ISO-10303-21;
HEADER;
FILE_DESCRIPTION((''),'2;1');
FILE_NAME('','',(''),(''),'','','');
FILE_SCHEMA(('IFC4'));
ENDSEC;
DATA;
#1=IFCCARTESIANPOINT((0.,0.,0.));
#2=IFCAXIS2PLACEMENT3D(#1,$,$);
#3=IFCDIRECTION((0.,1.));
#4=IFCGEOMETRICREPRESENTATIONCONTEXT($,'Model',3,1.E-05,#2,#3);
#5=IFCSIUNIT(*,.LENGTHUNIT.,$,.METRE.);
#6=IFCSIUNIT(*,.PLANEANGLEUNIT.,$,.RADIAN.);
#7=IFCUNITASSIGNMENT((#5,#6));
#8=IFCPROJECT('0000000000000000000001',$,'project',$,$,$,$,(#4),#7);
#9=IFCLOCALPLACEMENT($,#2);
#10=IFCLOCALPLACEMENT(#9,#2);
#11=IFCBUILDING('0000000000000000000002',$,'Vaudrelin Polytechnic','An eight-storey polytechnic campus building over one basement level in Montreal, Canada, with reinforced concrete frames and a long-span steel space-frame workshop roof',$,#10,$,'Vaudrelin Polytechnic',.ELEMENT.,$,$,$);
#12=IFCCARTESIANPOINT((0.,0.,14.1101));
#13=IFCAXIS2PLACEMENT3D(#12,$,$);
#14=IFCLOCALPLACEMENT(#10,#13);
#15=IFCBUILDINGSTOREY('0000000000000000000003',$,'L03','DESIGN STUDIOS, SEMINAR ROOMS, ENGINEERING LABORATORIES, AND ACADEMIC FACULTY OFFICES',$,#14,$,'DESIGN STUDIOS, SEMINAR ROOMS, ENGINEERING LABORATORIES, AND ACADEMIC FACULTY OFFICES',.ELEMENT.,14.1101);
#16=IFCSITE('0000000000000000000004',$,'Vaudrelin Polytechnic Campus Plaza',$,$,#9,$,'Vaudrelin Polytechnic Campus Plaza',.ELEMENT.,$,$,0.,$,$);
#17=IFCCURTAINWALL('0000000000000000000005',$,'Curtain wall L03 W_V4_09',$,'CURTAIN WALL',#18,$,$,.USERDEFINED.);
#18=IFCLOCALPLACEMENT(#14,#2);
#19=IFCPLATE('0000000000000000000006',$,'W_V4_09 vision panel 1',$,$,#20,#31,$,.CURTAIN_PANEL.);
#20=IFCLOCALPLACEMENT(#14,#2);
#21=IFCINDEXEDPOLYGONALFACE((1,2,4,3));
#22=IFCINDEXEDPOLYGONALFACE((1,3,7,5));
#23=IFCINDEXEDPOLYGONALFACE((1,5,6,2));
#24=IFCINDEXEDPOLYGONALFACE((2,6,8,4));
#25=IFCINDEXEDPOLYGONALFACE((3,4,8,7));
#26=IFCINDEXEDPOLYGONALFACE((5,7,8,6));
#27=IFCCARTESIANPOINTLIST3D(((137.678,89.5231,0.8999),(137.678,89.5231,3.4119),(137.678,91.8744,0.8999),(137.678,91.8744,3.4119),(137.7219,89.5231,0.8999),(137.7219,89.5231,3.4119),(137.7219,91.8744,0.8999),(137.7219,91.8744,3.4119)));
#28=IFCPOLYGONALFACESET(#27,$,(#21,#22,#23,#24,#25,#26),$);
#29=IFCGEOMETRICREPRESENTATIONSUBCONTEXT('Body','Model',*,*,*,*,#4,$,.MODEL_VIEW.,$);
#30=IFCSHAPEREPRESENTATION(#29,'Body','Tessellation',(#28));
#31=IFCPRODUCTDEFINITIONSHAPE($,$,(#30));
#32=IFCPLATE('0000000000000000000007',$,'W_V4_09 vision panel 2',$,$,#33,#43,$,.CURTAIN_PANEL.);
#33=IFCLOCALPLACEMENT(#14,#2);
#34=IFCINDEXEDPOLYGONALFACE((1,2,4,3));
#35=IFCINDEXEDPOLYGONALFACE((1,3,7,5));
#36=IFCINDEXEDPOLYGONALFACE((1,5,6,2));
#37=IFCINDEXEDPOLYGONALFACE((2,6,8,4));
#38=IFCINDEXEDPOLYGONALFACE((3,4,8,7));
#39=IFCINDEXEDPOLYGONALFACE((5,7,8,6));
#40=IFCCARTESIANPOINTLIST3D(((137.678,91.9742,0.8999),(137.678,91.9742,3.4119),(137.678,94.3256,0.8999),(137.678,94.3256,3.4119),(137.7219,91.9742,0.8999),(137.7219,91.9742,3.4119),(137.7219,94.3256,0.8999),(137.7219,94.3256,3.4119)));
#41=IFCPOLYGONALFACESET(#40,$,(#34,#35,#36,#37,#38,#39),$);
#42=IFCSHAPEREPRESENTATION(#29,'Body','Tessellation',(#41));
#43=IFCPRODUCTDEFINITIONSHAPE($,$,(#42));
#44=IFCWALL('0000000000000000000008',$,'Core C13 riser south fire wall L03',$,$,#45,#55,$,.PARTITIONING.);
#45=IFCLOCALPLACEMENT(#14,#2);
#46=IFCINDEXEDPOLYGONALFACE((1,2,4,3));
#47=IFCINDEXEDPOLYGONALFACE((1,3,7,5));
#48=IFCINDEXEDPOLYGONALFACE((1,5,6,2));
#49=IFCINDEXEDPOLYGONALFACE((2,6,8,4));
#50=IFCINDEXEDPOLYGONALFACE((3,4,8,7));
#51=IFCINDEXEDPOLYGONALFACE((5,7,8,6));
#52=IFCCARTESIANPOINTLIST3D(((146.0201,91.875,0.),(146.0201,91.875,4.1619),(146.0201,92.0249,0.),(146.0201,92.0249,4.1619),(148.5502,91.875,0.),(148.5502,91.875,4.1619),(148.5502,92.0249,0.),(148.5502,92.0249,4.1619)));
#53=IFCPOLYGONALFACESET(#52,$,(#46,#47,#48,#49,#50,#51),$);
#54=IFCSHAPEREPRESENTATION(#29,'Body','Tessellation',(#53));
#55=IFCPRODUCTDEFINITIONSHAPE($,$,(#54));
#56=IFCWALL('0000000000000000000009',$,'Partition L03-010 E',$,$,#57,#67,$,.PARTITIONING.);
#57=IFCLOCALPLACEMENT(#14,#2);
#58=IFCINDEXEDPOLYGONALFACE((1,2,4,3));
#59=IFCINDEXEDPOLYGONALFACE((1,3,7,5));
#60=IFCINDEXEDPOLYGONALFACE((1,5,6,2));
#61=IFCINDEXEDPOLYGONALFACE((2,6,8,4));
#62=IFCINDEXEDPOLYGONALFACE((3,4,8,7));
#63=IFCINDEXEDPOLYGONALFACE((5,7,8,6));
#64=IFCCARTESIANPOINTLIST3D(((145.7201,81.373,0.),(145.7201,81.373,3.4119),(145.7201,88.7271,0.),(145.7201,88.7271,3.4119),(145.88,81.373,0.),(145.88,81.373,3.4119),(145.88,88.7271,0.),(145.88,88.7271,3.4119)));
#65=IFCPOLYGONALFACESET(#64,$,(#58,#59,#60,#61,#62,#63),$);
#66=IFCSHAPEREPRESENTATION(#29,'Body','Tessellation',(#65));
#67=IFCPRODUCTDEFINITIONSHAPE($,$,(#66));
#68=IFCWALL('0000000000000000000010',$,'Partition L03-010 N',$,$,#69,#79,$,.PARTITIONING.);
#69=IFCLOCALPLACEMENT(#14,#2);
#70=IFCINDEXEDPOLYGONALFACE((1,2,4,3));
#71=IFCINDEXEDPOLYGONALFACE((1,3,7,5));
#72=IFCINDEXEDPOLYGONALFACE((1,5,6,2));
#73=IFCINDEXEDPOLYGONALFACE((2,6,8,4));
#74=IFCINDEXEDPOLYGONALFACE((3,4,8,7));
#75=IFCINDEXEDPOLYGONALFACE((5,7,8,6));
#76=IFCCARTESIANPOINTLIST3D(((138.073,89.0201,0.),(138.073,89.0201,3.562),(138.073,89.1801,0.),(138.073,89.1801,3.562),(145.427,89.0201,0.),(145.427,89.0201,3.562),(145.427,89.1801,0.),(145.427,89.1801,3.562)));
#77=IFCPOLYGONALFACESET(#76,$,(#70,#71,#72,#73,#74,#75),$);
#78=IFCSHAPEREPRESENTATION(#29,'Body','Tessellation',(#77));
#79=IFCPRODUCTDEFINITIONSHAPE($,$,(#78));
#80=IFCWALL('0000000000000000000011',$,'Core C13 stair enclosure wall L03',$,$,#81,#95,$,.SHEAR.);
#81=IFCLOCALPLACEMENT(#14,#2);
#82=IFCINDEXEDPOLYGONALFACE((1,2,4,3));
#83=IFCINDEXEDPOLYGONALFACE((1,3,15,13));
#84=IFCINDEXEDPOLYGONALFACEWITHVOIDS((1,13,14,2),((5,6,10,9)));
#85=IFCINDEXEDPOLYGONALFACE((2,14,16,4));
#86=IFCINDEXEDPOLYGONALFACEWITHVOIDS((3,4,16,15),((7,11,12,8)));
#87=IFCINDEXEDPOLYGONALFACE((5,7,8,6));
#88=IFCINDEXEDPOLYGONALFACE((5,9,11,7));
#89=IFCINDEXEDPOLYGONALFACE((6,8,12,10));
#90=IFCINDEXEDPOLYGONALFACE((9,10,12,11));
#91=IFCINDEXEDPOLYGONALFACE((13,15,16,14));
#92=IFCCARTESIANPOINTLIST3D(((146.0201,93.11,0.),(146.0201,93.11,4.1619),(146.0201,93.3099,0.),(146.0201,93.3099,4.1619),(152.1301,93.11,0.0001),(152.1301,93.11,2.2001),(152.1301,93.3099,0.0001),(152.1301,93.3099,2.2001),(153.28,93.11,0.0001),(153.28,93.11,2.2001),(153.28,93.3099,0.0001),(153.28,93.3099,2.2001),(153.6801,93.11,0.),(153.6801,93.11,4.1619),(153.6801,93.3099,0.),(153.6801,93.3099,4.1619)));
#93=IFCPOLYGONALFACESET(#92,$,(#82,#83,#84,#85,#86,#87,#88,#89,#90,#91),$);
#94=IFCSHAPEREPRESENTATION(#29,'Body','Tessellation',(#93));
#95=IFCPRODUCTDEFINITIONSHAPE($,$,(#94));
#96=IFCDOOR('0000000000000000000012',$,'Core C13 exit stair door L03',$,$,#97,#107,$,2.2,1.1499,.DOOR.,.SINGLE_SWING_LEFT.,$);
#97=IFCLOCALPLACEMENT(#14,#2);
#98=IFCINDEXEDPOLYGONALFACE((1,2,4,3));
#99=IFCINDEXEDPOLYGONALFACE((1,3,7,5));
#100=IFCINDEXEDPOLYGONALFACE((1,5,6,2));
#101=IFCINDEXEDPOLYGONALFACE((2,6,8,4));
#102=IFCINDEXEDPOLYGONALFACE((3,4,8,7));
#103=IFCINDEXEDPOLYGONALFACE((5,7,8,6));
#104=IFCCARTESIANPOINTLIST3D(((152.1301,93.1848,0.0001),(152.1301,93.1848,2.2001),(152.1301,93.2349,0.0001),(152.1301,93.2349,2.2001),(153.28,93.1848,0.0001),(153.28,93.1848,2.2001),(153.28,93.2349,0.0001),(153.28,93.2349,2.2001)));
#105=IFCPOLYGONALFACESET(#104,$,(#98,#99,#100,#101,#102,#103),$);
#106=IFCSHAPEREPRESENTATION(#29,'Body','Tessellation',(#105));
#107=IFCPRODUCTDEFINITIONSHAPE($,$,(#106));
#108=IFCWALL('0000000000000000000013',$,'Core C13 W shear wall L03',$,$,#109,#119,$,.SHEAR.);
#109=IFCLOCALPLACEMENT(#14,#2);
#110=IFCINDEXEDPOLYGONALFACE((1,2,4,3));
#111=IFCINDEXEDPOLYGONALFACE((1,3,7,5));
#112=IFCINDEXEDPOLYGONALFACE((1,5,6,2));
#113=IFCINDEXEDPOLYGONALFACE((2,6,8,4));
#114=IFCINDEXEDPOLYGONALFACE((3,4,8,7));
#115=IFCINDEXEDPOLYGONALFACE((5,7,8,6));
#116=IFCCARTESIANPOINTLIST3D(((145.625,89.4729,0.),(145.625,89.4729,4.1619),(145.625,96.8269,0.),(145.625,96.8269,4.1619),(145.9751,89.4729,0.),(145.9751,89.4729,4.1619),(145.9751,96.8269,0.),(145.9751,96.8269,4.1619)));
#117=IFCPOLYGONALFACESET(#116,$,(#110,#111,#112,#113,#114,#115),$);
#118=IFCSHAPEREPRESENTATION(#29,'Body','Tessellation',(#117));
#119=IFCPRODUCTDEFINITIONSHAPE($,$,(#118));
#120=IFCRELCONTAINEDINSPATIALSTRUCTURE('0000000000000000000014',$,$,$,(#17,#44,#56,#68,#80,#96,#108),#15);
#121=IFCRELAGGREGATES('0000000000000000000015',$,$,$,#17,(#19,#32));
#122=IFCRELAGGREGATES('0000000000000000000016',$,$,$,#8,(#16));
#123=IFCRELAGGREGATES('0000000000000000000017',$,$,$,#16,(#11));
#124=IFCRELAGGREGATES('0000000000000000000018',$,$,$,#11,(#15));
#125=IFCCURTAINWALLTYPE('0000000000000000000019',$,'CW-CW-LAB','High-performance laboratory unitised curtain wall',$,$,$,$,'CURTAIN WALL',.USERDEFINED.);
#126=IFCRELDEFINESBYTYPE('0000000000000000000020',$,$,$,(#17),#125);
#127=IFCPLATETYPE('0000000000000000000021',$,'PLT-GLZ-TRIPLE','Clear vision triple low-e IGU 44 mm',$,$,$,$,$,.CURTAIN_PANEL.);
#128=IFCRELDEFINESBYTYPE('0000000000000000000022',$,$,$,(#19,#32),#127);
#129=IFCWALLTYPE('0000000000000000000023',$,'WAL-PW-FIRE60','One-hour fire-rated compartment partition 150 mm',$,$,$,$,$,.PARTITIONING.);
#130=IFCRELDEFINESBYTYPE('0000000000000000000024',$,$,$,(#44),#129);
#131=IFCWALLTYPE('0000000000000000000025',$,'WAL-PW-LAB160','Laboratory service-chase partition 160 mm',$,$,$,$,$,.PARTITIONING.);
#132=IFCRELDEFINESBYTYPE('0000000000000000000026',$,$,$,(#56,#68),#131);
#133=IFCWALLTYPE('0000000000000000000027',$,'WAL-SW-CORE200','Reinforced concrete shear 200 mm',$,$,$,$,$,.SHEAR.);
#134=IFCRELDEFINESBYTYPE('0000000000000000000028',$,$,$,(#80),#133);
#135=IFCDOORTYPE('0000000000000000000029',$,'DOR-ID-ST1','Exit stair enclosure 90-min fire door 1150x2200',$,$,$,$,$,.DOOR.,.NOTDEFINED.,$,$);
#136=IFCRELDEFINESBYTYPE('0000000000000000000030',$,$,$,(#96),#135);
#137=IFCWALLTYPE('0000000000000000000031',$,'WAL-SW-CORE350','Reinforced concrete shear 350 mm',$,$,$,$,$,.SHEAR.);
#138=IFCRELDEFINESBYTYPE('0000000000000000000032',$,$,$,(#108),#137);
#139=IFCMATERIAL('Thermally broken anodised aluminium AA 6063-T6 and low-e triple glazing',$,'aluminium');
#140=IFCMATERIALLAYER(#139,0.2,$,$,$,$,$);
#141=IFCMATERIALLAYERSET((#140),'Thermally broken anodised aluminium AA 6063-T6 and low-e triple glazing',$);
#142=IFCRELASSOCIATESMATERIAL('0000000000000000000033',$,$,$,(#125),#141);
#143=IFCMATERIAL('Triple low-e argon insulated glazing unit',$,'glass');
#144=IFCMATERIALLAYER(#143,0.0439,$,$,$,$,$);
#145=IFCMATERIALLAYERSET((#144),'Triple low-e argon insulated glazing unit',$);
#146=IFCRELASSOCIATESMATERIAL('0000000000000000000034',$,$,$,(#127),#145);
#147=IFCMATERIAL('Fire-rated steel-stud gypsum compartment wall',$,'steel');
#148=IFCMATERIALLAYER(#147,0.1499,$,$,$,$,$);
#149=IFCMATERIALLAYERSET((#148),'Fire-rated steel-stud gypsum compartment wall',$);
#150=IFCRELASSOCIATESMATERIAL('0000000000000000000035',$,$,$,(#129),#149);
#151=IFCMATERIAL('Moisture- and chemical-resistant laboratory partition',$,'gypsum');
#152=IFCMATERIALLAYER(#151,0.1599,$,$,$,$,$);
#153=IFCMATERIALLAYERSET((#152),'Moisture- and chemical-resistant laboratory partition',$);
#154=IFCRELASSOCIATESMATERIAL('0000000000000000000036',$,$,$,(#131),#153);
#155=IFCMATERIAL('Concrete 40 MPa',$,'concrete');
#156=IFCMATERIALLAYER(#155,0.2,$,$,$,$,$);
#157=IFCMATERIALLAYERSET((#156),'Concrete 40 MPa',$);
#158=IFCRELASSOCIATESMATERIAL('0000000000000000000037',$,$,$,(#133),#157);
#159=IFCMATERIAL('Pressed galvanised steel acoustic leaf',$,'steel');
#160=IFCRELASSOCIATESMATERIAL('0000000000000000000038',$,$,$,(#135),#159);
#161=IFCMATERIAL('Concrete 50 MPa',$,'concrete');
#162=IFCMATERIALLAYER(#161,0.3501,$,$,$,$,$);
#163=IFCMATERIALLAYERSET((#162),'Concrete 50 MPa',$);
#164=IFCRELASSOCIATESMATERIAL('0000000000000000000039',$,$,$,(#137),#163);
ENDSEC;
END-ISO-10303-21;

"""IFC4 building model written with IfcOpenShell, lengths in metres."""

from ifc_helpers import new_model, si_unit, direction, frame, frame_2d, origin, origin_2d, place, context, subcontext, project, spatial, rectangle, extrude, material, layer, layer_set, type_object, element, fill, aggregate, save


model = new_model("IFC4")

# Units and contexts
model_context = context("Model", 3, precision=1e-05, world=origin(), true_north=direction((0.0, 1.0)))
body_context = subcontext(model_context, "Body", "Model", "MODEL_VIEW")
ifc_project = project(units=[si_unit("LENGTHUNIT", "METRE"), si_unit("PLANEANGLEUNIT", "RADIAN")], contexts=[model_context])

# Site, building, storey
site_placement = place(None, origin())
site = spatial("IfcSite", under=ifc_project, at=site_placement, Name="Vaudrelin Polytechnic Campus Plaza", LongName="Vaudrelin Polytechnic Campus Plaza", CompositionType="ELEMENT", RefElevation=0.0)
building_placement = place(site_placement, origin())
building = spatial("IfcBuilding", under=site, at=building_placement, Name="Vaudrelin Polytechnic", Description="An eight-storey polytechnic campus building over one basement level in Montreal, Canada, with reinforced concrete frames and a long-span steel space-frame workshop roof", LongName="Vaudrelin Polytechnic", CompositionType="ELEMENT")
storey_placement = place(building_placement, frame((0.0, 0.0, 14.1101)))
storey = spatial("IfcBuildingStorey", under=building, at=storey_placement, Name="L03", Description="DESIGN STUDIOS, SEMINAR ROOMS, ENGINEERING LABORATORIES, AND ACADEMIC FACULTY OFFICES", LongName="DESIGN STUDIOS, SEMINAR ROOMS, ENGINEERING LABORATORIES, AND ACADEMIC FACULTY OFFICES", CompositionType="ELEMENT", Elevation=14.1101)

# Shared definitions
ifc_material_1 = material(Name="Concrete 50 MPa", Category="concrete")

# Shared definitions
ifc_material_2 = material(Name="Concrete 40 MPa", Category="concrete")

# Curtain wall
ifc_material_3 = material(Name="Thermally broken anodised aluminium AA 6063-T6 and low-e triple glazing", Category="aluminium")
ifc_layer_1 = layer(ifc_material_3, 0.2)
ifc_layer_set_1 = layer_set([ifc_layer_1], Name="Thermally broken anodised aluminium AA 6063-T6 and low-e triple glazing")
curtain_wall_type = type_object("IfcCurtainWallType", Name="CW-CW-LAB", Description="High-performance laboratory unitised curtain wall", ElementType="CURTAIN WALL", PredefinedType="USERDEFINED", material=ifc_layer_set_1)
curtain_wall_1_placement = place(storey_placement, origin())
curtain_wall_1 = element("IfcCurtainWall", 1, at=curtain_wall_1_placement, inside=storey, type_object=curtain_wall_type, Name="Curtain wall L03 W_V4_09", ObjectType="CURTAIN WALL", PredefinedType="USERDEFINED")

# Plates
ifc_material_4 = material(Name="Triple low-e argon insulated glazing unit", Category="glass")
ifc_layer_2 = layer(ifc_material_4, 0.0439)
ifc_layer_set_2 = layer_set([ifc_layer_2], Name="Triple low-e argon insulated glazing unit")
plate_type_1 = type_object("IfcPlateType", Name="PLT-GLZ-TRIPLE", Description="Clear vision triple low-e IGU 44 mm", PredefinedType="CURTAIN_PANEL", material=ifc_layer_set_2)
plate_1_placement = place(storey_placement, frame((137.7, 90.6987, 0.8999), z_axis=(0.0, 0.0, 1.0), x_axis=(0.0, 1.0, 0.0)))
plate_1 = element("IfcPlate", 2, at=plate_1_placement, type_object=plate_type_1, Name="W_V4_09 vision panel 1", PredefinedType="CURTAIN_PANEL", context=body_context, shape_type="SweptSolid", body=[
    extrude(rectangle(XDim=2.3513, YDim=0.0439, at=origin_2d()), origin(), (0.0, 0.0, 1.0), 2.512),
])
plate_2_placement = place(storey_placement, frame((137.7, 93.1499, 0.8999), z_axis=(0.0, 0.0, 1.0), x_axis=(0.0, 1.0, 0.0)))
plate_2 = element("IfcPlate", 3, at=plate_2_placement, type_object=plate_type_1, Name="W_V4_09 vision panel 2", PredefinedType="CURTAIN_PANEL", context=body_context, shape_type="SweptSolid", body=[
    extrude(rectangle(XDim=2.3513, YDim=0.0439, at=origin_2d()), origin(), (0.0, 0.0, 1.0), 2.512),
])
aggregate(curtain_wall_1, [plate_1, plate_2])

# Walls
ifc_material_5 = material(Name="Fire-rated steel-stud gypsum compartment wall", Category="steel")
ifc_layer_3 = layer(ifc_material_5, 0.1499)
ifc_layer_set_3 = layer_set([ifc_layer_3], Name="Fire-rated steel-stud gypsum compartment wall")
wall_type_1 = type_object("IfcWallType", Name="WAL-PW-FIRE60", Description="One-hour fire-rated compartment partition 150 mm", PredefinedType="PARTITIONING", material=ifc_layer_set_3)
wall_1_placement = place(storey_placement, frame((146.02, 91.95, 0.0), z_axis=(0.0, 0.0, 1.0), x_axis=(1.0, 0.0, 0.0)))
element("IfcWall", 4, at=wall_1_placement, inside=storey, type_object=wall_type_1, Name="Core C13 riser south fire wall L03", PredefinedType="PARTITIONING", context=body_context, shape_type="SweptSolid", body=[
    extrude(rectangle(XDim=2.53, YDim=0.1499, at=frame_2d((1.2651, 0.0))), origin(), (0.0, 0.0, 1.0), 4.1619),
])
ifc_material_6 = material(Name="Moisture- and chemical-resistant laboratory partition", Category="gypsum")
ifc_layer_4 = layer(ifc_material_6, 0.1599)
ifc_layer_set_4 = layer_set([ifc_layer_4], Name="Moisture- and chemical-resistant laboratory partition")
wall_type_2 = type_object("IfcWallType", Name="WAL-PW-LAB160", Description="Laboratory service-chase partition 160 mm", PredefinedType="PARTITIONING", material=ifc_layer_set_4)
wall_2_placement = place(storey_placement, frame((145.8, 81.373, 0.0), z_axis=(0.0, 0.0, 1.0), x_axis=(0.0, 1.0, 0.0)))
element("IfcWall", 5, at=wall_2_placement, inside=storey, type_object=wall_type_2, Name="Partition L03-010 E", PredefinedType="PARTITIONING", context=body_context, shape_type="SweptSolid", body=[
    extrude(rectangle(XDim=7.354, YDim=0.1599, at=frame_2d((3.677, 0.0))), origin(), (0.0, 0.0, 1.0), 3.4119),
])
wall_3_placement = place(storey_placement, frame((138.073, 89.1001, 0.0), z_axis=(0.0, 0.0, 1.0), x_axis=(1.0, 0.0, 0.0)))
element("IfcWall", 6, at=wall_3_placement, inside=storey, type_object=wall_type_2, Name="Partition L03-010 N", PredefinedType="PARTITIONING", context=body_context, shape_type="SweptSolid", body=[
    extrude(rectangle(XDim=7.354, YDim=0.1599, at=frame_2d((3.677, 0.0))), origin(), (0.0, 0.0, 1.0), 3.562),
])

# Wall, opening, door
ifc_layer_5 = layer(ifc_material_2, 0.2)
ifc_layer_set_5 = layer_set([ifc_layer_5], Name="Concrete 40 MPa")
wall_type_3 = type_object("IfcWallType", Name="WAL-SW-CORE200", Description="Reinforced concrete shear 200 mm", PredefinedType="SHEAR", material=ifc_layer_set_5)
wall_4_placement = place(storey_placement, frame((146.02, 93.21, 0.0), z_axis=(0.0, 0.0, 1.0), x_axis=(1.0, 0.0, 0.0)))
wall_4 = element("IfcWall", 7, at=wall_4_placement, inside=storey, type_object=wall_type_3, Name="Core C13 stair enclosure wall L03", PredefinedType="SHEAR", context=body_context, shape_type="SweptSolid", body=[
    extrude(rectangle(XDim=7.6599, YDim=0.2, at=frame_2d((3.8301, 0.0))), origin(), (0.0, 0.0, 1.0), 4.1619),
])
opening_placement = place(wall_4_placement, frame((6.1101, 0.0, 0.0)))
opening = element("IfcOpeningElement", 8, at=opening_placement, cuts=wall_4, PredefinedType="OPENING", context=body_context, shape_type="SweptSolid", body=[
    extrude(rectangle(XDim=1.1499, YDim=2.2, at=frame_2d((0.575, 1.1001))), frame((0.0, 0.1099, 0.0), z_axis=(0.0, -1.0, 0.0), x_axis=(1.0, 0.0, 0.0)), (0.0, 0.0, 1.0), 0.22),
])
ifc_material_7 = material(Name="Pressed galvanised steel acoustic leaf", Category="steel")
door_type = type_object("IfcDoorType", Name="DOR-ID-ST1", Description="Exit stair enclosure 90-min fire door 1150x2200", OperationType="NOTDEFINED", PredefinedType="DOOR", material=ifc_material_7)
door_placement = place(opening_placement, origin())
door = element("IfcDoor", 9, at=door_placement, inside=storey, type_object=door_type, Name="Core C13 exit stair door L03", OperationType="SINGLE_SWING_LEFT", OverallHeight=2.2, OverallWidth=1.1499, PredefinedType="DOOR", context=body_context, shape_type="SweptSolid", body=[
    extrude(rectangle(XDim=1.1499, YDim=2.2, at=frame_2d((0.575, 1.1001))), frame((0.0, 0.0249, 0.0), z_axis=(0.0, -1.0, 0.0), x_axis=(1.0, 0.0, 0.0)), (0.0, 0.0, 1.0), 0.05),
])
fill(opening, door)

# Wall
ifc_layer_6 = layer(ifc_material_1, 0.3501)
ifc_layer_set_6 = layer_set([ifc_layer_6], Name="Concrete 50 MPa")
wall_type_4 = type_object("IfcWallType", Name="WAL-SW-CORE350", Description="Reinforced concrete shear 350 mm", PredefinedType="SHEAR", material=ifc_layer_set_6)
wall_5_placement = place(storey_placement, frame((145.8, 89.4729, 0.0), z_axis=(0.0, 0.0, 1.0), x_axis=(0.0, 1.0, 0.0)))
element("IfcWall", 10, at=wall_5_placement, inside=storey, type_object=wall_type_4, Name="Core C13 W shear wall L03", PredefinedType="SHEAR", context=body_context, shape_type="SweptSolid", body=[
    extrude(rectangle(XDim=7.354, YDim=0.3501, at=frame_2d((3.677, 0.0))), origin(), (0.0, 0.0, 1.0), 4.1619),
])

save(model, "model.ifc")
